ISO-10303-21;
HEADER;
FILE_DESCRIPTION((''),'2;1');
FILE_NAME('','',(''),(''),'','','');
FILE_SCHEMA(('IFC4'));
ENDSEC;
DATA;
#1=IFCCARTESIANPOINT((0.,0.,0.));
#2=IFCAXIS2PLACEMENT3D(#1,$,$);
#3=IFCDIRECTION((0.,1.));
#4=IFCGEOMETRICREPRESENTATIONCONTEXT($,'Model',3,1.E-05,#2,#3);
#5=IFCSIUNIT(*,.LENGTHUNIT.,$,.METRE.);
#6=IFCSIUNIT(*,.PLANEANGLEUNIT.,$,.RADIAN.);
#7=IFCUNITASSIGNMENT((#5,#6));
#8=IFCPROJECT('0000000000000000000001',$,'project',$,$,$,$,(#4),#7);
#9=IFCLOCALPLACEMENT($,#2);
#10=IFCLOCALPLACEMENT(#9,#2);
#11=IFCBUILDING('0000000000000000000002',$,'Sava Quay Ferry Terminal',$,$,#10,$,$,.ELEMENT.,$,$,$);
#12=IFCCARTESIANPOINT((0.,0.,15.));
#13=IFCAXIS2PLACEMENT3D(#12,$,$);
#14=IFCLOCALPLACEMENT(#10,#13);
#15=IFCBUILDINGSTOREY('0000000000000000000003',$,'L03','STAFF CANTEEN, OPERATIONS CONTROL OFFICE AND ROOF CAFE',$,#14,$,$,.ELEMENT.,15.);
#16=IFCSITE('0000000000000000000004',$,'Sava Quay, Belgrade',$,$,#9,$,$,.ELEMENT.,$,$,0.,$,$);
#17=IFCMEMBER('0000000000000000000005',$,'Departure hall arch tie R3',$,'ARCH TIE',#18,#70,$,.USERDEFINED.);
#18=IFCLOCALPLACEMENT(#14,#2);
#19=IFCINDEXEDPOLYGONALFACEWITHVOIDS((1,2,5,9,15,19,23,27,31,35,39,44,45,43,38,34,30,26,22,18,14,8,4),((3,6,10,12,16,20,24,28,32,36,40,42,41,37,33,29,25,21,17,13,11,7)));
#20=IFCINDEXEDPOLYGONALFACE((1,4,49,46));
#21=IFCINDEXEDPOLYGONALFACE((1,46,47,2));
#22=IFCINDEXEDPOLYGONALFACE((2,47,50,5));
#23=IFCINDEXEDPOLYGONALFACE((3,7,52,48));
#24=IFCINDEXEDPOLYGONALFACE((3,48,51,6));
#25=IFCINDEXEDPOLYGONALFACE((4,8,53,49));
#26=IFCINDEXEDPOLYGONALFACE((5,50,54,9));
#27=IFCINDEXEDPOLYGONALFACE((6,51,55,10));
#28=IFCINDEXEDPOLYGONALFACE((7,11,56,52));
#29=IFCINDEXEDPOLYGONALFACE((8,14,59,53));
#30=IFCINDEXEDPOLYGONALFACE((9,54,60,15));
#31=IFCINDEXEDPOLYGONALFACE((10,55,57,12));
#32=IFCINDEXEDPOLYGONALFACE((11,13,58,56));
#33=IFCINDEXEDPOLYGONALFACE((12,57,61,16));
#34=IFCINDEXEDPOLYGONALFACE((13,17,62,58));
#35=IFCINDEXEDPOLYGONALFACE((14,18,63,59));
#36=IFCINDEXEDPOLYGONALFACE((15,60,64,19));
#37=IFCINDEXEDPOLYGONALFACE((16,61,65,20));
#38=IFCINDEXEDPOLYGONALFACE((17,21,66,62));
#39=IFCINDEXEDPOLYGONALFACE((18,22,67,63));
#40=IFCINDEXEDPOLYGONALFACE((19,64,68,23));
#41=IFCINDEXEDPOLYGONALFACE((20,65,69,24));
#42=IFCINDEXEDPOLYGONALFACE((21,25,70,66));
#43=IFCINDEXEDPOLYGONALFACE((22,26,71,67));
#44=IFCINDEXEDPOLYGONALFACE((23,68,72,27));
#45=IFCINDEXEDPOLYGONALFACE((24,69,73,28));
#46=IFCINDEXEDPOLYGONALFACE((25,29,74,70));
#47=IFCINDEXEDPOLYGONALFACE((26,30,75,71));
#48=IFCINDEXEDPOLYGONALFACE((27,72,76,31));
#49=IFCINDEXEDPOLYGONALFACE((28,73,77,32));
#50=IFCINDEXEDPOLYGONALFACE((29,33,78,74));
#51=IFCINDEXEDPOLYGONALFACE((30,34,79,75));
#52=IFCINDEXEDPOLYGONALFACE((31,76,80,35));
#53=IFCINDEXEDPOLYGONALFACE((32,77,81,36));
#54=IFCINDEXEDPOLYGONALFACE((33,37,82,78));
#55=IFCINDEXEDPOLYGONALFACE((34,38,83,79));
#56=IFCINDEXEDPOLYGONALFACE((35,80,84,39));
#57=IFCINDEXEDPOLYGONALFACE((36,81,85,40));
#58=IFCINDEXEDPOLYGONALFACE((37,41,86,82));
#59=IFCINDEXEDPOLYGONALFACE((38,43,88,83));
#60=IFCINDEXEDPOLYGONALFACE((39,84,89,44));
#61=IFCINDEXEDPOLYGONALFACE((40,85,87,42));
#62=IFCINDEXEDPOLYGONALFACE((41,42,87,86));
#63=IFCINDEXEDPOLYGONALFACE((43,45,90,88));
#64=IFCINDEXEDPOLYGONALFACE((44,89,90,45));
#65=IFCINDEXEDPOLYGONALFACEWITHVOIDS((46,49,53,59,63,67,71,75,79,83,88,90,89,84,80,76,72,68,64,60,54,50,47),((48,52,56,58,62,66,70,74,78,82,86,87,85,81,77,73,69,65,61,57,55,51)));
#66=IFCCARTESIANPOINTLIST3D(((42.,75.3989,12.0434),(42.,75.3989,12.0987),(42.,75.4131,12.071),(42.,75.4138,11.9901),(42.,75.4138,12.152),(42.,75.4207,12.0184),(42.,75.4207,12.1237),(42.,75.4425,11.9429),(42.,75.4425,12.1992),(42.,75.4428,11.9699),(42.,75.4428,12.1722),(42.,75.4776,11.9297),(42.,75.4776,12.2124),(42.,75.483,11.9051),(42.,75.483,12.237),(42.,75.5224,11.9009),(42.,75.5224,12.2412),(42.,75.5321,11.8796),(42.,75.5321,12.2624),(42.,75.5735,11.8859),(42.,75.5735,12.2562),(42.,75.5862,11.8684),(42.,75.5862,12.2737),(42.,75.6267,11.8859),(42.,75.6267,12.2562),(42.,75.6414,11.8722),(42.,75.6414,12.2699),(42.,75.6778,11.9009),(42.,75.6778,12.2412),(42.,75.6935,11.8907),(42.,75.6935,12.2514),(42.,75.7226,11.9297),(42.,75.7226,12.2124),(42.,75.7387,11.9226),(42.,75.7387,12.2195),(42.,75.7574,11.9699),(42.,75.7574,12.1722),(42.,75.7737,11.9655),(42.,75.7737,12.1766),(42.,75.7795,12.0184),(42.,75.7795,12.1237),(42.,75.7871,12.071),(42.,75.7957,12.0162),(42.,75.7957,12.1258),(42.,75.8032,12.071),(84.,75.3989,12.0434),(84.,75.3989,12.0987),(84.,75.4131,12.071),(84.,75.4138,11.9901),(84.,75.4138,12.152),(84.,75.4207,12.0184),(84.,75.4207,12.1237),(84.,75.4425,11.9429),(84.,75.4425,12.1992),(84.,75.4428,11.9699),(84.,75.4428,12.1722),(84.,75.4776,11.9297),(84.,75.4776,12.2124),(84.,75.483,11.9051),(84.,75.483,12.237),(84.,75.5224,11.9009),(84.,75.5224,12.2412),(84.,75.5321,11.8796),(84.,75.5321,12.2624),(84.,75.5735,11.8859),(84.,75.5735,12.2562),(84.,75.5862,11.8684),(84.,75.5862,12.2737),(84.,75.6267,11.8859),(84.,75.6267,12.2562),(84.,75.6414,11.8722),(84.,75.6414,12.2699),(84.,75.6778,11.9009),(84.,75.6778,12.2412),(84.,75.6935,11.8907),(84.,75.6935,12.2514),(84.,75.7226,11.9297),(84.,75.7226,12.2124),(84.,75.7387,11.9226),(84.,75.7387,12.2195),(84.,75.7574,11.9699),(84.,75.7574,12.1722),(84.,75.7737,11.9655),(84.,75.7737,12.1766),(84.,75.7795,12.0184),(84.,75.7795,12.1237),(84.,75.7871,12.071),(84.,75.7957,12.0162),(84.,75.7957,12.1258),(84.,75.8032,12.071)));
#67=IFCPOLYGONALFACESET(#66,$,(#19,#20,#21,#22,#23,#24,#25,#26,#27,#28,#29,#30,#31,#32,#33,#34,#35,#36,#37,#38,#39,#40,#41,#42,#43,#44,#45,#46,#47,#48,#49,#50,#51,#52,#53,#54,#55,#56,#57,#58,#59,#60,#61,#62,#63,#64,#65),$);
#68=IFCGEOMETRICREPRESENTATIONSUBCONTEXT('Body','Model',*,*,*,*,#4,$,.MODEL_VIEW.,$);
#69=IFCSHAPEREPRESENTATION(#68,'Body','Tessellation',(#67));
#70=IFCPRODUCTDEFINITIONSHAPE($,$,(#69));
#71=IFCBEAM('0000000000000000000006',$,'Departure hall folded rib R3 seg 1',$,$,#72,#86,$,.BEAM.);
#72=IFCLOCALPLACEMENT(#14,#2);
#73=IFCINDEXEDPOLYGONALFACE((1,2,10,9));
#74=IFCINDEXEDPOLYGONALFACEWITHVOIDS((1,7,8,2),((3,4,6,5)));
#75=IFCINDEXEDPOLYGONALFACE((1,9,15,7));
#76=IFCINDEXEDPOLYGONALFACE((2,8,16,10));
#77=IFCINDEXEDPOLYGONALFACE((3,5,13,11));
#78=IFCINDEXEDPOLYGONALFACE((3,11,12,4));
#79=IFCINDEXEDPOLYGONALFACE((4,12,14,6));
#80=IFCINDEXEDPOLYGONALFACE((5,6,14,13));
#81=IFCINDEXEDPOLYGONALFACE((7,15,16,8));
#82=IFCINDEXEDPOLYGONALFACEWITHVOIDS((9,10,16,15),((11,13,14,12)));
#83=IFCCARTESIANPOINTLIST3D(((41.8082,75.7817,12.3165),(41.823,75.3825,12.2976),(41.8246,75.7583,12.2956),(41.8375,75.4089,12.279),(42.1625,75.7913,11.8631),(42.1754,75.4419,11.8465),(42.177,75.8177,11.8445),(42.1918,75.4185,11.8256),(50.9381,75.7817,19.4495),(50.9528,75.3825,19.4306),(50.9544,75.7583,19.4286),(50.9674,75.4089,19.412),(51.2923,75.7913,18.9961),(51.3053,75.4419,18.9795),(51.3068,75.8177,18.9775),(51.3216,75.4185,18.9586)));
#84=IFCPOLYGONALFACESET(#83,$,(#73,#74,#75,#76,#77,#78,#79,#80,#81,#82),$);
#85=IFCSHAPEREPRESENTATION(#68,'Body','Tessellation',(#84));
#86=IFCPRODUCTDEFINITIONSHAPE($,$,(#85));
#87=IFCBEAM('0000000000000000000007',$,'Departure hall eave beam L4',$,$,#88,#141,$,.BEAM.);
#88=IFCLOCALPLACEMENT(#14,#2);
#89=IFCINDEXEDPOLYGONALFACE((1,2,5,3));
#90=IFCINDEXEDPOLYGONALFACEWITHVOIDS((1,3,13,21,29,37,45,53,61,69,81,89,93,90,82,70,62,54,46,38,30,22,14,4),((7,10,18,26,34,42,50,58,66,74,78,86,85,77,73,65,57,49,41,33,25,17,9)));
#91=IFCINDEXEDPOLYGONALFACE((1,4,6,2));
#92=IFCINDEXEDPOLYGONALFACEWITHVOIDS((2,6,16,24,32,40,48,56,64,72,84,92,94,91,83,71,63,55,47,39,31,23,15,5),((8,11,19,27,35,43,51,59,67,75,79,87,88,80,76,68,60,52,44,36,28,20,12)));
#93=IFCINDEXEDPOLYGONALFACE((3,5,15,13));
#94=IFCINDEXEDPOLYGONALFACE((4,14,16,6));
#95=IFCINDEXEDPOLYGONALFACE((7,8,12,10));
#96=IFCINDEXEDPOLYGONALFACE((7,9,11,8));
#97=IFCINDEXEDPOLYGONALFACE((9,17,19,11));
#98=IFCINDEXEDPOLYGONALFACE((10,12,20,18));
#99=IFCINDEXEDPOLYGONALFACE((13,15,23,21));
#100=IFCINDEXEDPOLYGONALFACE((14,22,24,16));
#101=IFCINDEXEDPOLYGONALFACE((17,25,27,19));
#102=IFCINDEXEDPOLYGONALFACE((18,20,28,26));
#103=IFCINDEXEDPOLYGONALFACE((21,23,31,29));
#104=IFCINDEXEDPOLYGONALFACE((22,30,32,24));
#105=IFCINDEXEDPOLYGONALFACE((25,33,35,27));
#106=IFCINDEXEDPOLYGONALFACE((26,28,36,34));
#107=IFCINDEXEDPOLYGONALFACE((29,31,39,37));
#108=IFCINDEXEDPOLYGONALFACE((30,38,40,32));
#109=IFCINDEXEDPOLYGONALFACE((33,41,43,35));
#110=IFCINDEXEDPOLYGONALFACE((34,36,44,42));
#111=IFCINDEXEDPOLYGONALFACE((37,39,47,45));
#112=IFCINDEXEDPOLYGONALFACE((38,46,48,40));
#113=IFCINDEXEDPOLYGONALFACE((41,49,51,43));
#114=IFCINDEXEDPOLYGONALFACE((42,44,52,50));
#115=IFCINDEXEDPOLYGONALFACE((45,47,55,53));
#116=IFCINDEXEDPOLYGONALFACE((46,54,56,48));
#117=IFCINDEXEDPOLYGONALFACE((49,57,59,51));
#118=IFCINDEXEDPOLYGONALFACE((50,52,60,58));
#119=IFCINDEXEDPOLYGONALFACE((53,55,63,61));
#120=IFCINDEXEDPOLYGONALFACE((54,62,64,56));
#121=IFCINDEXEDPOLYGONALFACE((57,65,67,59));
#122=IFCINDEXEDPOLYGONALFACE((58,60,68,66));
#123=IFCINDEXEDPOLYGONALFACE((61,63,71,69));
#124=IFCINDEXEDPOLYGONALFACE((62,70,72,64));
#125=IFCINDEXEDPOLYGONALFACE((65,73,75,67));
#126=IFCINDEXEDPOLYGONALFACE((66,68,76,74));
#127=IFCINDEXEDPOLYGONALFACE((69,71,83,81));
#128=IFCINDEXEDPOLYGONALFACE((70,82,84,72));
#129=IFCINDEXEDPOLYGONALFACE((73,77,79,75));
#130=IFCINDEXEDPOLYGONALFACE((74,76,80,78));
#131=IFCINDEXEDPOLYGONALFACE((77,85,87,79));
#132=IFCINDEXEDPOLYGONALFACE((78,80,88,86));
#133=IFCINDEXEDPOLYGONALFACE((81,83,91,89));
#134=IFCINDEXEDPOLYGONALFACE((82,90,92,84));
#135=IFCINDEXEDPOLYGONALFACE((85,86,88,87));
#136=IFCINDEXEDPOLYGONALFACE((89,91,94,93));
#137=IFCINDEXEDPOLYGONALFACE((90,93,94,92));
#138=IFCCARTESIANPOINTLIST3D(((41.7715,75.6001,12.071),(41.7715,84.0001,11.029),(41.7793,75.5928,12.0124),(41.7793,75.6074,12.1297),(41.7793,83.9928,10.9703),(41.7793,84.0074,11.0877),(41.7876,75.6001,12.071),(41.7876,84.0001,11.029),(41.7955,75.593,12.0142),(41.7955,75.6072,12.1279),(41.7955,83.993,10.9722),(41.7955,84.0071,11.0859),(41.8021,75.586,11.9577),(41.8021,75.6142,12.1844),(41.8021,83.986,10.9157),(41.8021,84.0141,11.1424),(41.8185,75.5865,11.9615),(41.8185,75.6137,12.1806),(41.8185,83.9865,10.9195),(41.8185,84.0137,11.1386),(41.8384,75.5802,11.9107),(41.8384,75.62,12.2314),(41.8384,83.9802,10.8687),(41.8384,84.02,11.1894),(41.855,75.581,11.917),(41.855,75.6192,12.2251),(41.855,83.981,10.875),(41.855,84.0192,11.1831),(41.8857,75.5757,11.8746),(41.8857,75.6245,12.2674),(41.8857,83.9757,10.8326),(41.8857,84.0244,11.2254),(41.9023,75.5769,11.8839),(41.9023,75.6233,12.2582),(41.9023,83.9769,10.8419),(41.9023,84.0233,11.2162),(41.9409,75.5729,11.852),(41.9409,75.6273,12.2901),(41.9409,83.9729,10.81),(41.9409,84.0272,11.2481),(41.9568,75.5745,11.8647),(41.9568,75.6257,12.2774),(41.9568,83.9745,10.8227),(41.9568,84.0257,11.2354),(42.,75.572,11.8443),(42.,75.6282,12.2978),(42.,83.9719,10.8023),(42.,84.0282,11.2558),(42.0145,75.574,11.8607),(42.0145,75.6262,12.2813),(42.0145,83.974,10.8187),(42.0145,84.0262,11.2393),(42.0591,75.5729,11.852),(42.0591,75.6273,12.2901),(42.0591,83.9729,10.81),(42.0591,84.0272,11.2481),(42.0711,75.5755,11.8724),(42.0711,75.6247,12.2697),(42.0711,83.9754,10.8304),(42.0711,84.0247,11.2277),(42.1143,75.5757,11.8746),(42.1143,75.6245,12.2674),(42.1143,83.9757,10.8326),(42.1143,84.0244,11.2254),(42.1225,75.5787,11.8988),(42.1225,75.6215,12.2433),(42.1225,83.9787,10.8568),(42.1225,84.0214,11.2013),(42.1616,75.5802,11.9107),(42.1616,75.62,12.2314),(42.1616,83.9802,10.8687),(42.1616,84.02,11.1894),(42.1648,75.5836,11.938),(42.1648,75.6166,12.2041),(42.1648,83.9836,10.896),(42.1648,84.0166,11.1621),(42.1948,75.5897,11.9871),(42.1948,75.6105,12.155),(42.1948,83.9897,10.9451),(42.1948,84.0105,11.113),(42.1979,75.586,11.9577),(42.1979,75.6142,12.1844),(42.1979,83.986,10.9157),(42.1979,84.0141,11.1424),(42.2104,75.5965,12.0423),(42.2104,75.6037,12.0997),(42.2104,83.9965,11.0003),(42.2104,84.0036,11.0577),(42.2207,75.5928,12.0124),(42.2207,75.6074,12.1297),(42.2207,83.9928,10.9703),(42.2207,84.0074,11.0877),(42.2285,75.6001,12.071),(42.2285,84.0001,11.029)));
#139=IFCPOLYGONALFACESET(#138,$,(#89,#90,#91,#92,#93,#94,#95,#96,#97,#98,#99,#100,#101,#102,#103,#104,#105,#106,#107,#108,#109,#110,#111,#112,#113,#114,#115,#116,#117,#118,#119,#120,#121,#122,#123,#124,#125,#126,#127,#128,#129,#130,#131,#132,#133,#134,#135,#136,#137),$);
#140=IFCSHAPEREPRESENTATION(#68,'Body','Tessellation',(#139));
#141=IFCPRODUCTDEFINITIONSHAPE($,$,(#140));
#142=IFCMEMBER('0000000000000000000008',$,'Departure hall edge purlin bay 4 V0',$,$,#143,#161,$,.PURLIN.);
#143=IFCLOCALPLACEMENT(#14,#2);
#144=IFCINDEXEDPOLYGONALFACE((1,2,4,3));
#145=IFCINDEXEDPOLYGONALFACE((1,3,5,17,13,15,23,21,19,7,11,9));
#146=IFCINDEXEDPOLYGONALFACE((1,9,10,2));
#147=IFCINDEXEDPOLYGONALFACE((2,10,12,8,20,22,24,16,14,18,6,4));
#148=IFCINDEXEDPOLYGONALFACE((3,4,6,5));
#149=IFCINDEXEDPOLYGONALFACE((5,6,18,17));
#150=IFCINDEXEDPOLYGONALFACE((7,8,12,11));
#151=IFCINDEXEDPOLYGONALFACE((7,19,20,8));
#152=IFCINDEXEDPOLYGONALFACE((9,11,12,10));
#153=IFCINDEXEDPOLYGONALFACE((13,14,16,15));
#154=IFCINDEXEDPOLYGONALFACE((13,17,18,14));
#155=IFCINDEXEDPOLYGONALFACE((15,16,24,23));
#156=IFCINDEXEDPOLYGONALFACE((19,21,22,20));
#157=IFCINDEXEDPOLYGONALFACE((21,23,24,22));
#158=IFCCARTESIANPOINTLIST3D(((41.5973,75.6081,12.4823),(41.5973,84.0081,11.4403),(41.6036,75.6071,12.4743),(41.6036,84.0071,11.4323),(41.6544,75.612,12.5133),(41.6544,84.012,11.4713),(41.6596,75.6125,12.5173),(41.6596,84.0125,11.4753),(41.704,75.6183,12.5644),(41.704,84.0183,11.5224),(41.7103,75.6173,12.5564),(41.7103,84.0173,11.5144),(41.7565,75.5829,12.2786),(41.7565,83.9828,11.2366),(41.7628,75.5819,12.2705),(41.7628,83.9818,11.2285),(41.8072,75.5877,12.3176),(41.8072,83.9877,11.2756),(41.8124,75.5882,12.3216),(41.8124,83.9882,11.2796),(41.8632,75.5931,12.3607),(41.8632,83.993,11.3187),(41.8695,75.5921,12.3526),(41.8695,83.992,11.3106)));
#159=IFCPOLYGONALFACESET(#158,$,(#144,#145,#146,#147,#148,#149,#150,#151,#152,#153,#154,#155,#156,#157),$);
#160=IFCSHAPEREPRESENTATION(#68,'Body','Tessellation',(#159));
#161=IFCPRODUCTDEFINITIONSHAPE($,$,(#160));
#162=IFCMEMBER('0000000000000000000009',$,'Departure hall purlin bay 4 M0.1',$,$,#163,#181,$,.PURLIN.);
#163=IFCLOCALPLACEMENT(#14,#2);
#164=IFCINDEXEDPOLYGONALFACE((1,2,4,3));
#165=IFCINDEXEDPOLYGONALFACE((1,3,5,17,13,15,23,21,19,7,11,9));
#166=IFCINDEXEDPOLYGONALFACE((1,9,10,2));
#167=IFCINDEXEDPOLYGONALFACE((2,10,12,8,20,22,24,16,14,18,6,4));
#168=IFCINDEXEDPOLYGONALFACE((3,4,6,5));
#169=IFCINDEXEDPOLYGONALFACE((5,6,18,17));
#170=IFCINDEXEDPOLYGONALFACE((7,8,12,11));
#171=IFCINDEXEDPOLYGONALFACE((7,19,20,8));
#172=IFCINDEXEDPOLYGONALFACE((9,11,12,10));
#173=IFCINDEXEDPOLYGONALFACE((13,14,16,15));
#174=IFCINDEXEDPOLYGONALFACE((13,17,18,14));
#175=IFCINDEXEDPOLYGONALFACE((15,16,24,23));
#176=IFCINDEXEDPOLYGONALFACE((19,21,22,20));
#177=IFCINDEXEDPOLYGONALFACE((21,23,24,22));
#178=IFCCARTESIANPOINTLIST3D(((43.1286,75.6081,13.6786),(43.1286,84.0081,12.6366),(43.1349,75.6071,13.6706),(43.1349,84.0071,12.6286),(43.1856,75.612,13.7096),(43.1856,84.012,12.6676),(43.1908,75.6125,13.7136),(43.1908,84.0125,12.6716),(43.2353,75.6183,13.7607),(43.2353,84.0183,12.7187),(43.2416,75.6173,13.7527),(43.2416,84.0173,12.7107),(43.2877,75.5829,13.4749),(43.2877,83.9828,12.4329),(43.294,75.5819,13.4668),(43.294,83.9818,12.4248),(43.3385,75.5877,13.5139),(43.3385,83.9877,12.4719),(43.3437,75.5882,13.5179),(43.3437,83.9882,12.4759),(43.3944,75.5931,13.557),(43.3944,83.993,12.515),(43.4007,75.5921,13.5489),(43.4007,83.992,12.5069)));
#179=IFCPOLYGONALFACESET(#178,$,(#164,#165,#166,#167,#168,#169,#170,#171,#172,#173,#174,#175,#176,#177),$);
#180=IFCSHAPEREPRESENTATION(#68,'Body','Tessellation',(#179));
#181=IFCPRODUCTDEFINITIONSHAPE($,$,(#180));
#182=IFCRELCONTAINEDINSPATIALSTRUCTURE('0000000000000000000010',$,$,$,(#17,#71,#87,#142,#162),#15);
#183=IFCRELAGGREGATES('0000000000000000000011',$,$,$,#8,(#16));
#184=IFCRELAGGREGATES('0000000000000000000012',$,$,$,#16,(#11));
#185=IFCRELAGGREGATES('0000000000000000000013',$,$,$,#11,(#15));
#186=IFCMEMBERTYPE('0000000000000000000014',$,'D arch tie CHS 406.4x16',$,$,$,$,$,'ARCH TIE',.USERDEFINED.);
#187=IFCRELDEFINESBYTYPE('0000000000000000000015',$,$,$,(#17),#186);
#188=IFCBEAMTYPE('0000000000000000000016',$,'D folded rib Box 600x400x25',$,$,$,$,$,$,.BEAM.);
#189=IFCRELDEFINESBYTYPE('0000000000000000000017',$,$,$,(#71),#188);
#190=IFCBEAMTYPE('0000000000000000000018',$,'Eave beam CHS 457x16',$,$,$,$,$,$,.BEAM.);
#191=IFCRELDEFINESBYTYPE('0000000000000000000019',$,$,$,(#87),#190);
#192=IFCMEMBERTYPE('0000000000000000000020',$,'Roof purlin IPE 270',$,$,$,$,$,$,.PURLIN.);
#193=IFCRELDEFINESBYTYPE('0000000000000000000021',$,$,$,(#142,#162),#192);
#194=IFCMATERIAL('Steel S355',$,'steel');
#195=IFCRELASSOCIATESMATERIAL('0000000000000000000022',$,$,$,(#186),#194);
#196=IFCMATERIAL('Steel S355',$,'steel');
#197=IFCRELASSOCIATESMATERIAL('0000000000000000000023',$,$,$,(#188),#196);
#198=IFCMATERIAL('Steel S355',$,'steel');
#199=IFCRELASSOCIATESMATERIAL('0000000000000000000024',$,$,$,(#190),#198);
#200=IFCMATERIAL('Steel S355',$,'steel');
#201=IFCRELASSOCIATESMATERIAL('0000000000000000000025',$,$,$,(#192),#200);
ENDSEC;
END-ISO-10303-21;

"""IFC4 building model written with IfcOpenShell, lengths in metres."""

from ifc_helpers import new_model, si_unit, direction, frame, origin, origin_2d, place, context, subcontext, project, spatial, polyline, hollow_circle, i_section, outline, extrude, material, material_profile, profile_set, type_object, element, save


model = new_model("IFC4")

# Units and contexts
model_context = context("Model", 3, precision=1e-05, world=origin(), true_north=direction((0.0, 1.0)))
body_context = subcontext(model_context, "Body", "Model", "MODEL_VIEW")
ifc_project = project(units=[si_unit("LENGTHUNIT", "METRE"), si_unit("PLANEANGLEUNIT", "RADIAN")], contexts=[model_context])

# Site, building, storey
site_placement = place(None, origin())
site = spatial("IfcSite", under=ifc_project, at=site_placement, Name="Sava Quay, Belgrade", CompositionType="ELEMENT", RefElevation=0.0)
building_placement = place(site_placement, origin())
building = spatial("IfcBuilding", under=site, at=building_placement, Name="Sava Quay Ferry Terminal", CompositionType="ELEMENT")
storey_placement = place(building_placement, frame((0.0, 0.0, 15.0)))
storey = spatial("IfcBuildingStorey", under=building, at=storey_placement, Name="L03", Description="STAFF CANTEEN, OPERATIONS CONTROL OFFICE AND ROOF CAFE", CompositionType="ELEMENT", Elevation=15.0)

# Member
ifc_material_1 = material(Name="Steel S355", Category="steel")
ifc_material_profile_1 = material_profile(ifc_material_1, hollow_circle(Radius=0.2031, WallThickness=0.0161, at=origin_2d()), Name="CHS 406.4 x 16.0")
ifc_profile_set_1 = profile_set([ifc_material_profile_1], Name="Steel S355")
member_type_1 = type_object("IfcMemberType", Name="D arch tie CHS 406.4x16", ElementType="ARCH TIE", PredefinedType="USERDEFINED", material=ifc_profile_set_1)
member_1_placement = place(storey_placement, frame((42.0, 75.6001, 12.071), z_axis=(1.0, 0.0, 0.0), x_axis=(0.0, 1.0, 0.0)))
element("IfcMember", 1, at=member_1_placement, inside=storey, type_object=member_type_1, Name="Departure hall arch tie R3", ObjectType="ARCH TIE", PredefinedType="USERDEFINED", context=body_context, shape_type="SweptSolid", body=[
    extrude(hollow_circle(Radius=0.2031, WallThickness=0.0161, at=origin_2d()), origin(), (0.0, 0.0, 1.0), 42.0),
])

# Beams
ifc_material_2 = material(Name="Steel S355", Category="steel")
ifc_material_profile_2 = material_profile(ifc_material_2, outline(polyline([(-0.2, -0.3), (0.2, -0.3), (0.2, 0.3), (-0.2, 0.3), (-0.2, -0.3)]), holes=[polyline([(-0.175, -0.2749), (-0.175, 0.2749), (0.175, 0.2749), (0.175, -0.2749), (-0.175, -0.2749)])]), Name="Box 600x400x25 built-up")
ifc_profile_set_2 = profile_set([ifc_material_profile_2], Name="Steel S355")
beam_type_1 = type_object("IfcBeamType", Name="D folded rib Box 600x400x25", PredefinedType="BEAM", material=ifc_profile_set_2)
beam_1_placement = place(storey_placement, frame((42.0, 75.6001, 12.071), z_axis=(0.78801, 0.0, 0.615662), x_axis=(-0.03697, 0.998195, 0.047319)))
element("IfcBeam", 2, at=beam_1_placement, inside=storey, type_object=beam_type_1, Name="Departure hall folded rib R3 seg 1", PredefinedType="BEAM", context=body_context, shape_type="SweptSolid", body=[
    extrude(outline(polyline([(-0.2, -0.3), (0.2, -0.3), (0.2, 0.3), (-0.2, 0.3), (-0.2, -0.3)]), holes=[polyline([(-0.175, -0.2749), (-0.175, 0.2749), (0.175, 0.2749), (0.175, -0.2749), (-0.175, -0.2749)])]), origin(), (0.0, 0.0, 1.0), 11.5859),
])
ifc_material_3 = material(Name="Steel S355", Category="steel")
ifc_material_profile_3 = material_profile(ifc_material_3, hollow_circle(Radius=0.2285, WallThickness=0.0161, at=origin_2d()), Name="CHS 457 x 16.0")
ifc_profile_set_3 = profile_set([ifc_material_profile_3], Name="Steel S355")
beam_type_2 = type_object("IfcBeamType", Name="Eave beam CHS 457x16", PredefinedType="BEAM", material=ifc_profile_set_3)
beam_2_placement = place(storey_placement, frame((42.0, 75.6001, 12.071), z_axis=(0.0, 0.992394, -0.123105), x_axis=(-1.0, 0.0, 0.0)))
element("IfcBeam", 3, at=beam_2_placement, inside=storey, type_object=beam_type_2, Name="Departure hall eave beam L4", PredefinedType="BEAM", context=body_context, shape_type="SweptSolid", body=[
    extrude(hollow_circle(Radius=0.2285, WallThickness=0.0161, at=origin_2d()), origin(), (0.0, 0.0, 1.0), 8.4644),
])

# Members
ifc_material_4 = material(Name="Steel S355", Category="steel")
ifc_material_profile_4 = material_profile(ifc_material_4, i_section(OverallWidth=0.135, OverallDepth=0.27, WebThickness=0.0066, FlangeThickness=0.0103, at=origin_2d()), Name="IPE 270")
ifc_profile_set_4 = profile_set([ifc_material_profile_4], Name="Steel S355")
member_type_2 = type_object("IfcMemberType", Name="Roof purlin IPE 270", PredefinedType="PURLIN", material=ifc_profile_set_4)
for number, where, z_axis, x_axis, name in (
    (4, (41.7334, 75.6001, 12.4175), (0.0, 0.992394, -0.123105), (-0.790284, -0.075431, -0.60808), "Departure hall edge purlin bay 4 V0"),
    (5, (43.2646, 75.6001, 13.6138), (0.0, 0.992394, -0.123105), (-0.790284, -0.075431, -0.60808), "Departure hall purlin bay 4 M0.1"),
):
    element("IfcMember", number, at=place(storey_placement, frame(where, z_axis=z_axis, x_axis=x_axis)), inside=storey, type_object=member_type_2, Name=name, PredefinedType="PURLIN", context=body_context, shape_type="SweptSolid", body=[
        extrude(i_section(OverallWidth=0.135, OverallDepth=0.27, WebThickness=0.0066, FlangeThickness=0.0103, at=origin_2d()), origin(), (0.0, 0.0, 1.0), 8.4644),
    ])

save(model, "model.ifc")
